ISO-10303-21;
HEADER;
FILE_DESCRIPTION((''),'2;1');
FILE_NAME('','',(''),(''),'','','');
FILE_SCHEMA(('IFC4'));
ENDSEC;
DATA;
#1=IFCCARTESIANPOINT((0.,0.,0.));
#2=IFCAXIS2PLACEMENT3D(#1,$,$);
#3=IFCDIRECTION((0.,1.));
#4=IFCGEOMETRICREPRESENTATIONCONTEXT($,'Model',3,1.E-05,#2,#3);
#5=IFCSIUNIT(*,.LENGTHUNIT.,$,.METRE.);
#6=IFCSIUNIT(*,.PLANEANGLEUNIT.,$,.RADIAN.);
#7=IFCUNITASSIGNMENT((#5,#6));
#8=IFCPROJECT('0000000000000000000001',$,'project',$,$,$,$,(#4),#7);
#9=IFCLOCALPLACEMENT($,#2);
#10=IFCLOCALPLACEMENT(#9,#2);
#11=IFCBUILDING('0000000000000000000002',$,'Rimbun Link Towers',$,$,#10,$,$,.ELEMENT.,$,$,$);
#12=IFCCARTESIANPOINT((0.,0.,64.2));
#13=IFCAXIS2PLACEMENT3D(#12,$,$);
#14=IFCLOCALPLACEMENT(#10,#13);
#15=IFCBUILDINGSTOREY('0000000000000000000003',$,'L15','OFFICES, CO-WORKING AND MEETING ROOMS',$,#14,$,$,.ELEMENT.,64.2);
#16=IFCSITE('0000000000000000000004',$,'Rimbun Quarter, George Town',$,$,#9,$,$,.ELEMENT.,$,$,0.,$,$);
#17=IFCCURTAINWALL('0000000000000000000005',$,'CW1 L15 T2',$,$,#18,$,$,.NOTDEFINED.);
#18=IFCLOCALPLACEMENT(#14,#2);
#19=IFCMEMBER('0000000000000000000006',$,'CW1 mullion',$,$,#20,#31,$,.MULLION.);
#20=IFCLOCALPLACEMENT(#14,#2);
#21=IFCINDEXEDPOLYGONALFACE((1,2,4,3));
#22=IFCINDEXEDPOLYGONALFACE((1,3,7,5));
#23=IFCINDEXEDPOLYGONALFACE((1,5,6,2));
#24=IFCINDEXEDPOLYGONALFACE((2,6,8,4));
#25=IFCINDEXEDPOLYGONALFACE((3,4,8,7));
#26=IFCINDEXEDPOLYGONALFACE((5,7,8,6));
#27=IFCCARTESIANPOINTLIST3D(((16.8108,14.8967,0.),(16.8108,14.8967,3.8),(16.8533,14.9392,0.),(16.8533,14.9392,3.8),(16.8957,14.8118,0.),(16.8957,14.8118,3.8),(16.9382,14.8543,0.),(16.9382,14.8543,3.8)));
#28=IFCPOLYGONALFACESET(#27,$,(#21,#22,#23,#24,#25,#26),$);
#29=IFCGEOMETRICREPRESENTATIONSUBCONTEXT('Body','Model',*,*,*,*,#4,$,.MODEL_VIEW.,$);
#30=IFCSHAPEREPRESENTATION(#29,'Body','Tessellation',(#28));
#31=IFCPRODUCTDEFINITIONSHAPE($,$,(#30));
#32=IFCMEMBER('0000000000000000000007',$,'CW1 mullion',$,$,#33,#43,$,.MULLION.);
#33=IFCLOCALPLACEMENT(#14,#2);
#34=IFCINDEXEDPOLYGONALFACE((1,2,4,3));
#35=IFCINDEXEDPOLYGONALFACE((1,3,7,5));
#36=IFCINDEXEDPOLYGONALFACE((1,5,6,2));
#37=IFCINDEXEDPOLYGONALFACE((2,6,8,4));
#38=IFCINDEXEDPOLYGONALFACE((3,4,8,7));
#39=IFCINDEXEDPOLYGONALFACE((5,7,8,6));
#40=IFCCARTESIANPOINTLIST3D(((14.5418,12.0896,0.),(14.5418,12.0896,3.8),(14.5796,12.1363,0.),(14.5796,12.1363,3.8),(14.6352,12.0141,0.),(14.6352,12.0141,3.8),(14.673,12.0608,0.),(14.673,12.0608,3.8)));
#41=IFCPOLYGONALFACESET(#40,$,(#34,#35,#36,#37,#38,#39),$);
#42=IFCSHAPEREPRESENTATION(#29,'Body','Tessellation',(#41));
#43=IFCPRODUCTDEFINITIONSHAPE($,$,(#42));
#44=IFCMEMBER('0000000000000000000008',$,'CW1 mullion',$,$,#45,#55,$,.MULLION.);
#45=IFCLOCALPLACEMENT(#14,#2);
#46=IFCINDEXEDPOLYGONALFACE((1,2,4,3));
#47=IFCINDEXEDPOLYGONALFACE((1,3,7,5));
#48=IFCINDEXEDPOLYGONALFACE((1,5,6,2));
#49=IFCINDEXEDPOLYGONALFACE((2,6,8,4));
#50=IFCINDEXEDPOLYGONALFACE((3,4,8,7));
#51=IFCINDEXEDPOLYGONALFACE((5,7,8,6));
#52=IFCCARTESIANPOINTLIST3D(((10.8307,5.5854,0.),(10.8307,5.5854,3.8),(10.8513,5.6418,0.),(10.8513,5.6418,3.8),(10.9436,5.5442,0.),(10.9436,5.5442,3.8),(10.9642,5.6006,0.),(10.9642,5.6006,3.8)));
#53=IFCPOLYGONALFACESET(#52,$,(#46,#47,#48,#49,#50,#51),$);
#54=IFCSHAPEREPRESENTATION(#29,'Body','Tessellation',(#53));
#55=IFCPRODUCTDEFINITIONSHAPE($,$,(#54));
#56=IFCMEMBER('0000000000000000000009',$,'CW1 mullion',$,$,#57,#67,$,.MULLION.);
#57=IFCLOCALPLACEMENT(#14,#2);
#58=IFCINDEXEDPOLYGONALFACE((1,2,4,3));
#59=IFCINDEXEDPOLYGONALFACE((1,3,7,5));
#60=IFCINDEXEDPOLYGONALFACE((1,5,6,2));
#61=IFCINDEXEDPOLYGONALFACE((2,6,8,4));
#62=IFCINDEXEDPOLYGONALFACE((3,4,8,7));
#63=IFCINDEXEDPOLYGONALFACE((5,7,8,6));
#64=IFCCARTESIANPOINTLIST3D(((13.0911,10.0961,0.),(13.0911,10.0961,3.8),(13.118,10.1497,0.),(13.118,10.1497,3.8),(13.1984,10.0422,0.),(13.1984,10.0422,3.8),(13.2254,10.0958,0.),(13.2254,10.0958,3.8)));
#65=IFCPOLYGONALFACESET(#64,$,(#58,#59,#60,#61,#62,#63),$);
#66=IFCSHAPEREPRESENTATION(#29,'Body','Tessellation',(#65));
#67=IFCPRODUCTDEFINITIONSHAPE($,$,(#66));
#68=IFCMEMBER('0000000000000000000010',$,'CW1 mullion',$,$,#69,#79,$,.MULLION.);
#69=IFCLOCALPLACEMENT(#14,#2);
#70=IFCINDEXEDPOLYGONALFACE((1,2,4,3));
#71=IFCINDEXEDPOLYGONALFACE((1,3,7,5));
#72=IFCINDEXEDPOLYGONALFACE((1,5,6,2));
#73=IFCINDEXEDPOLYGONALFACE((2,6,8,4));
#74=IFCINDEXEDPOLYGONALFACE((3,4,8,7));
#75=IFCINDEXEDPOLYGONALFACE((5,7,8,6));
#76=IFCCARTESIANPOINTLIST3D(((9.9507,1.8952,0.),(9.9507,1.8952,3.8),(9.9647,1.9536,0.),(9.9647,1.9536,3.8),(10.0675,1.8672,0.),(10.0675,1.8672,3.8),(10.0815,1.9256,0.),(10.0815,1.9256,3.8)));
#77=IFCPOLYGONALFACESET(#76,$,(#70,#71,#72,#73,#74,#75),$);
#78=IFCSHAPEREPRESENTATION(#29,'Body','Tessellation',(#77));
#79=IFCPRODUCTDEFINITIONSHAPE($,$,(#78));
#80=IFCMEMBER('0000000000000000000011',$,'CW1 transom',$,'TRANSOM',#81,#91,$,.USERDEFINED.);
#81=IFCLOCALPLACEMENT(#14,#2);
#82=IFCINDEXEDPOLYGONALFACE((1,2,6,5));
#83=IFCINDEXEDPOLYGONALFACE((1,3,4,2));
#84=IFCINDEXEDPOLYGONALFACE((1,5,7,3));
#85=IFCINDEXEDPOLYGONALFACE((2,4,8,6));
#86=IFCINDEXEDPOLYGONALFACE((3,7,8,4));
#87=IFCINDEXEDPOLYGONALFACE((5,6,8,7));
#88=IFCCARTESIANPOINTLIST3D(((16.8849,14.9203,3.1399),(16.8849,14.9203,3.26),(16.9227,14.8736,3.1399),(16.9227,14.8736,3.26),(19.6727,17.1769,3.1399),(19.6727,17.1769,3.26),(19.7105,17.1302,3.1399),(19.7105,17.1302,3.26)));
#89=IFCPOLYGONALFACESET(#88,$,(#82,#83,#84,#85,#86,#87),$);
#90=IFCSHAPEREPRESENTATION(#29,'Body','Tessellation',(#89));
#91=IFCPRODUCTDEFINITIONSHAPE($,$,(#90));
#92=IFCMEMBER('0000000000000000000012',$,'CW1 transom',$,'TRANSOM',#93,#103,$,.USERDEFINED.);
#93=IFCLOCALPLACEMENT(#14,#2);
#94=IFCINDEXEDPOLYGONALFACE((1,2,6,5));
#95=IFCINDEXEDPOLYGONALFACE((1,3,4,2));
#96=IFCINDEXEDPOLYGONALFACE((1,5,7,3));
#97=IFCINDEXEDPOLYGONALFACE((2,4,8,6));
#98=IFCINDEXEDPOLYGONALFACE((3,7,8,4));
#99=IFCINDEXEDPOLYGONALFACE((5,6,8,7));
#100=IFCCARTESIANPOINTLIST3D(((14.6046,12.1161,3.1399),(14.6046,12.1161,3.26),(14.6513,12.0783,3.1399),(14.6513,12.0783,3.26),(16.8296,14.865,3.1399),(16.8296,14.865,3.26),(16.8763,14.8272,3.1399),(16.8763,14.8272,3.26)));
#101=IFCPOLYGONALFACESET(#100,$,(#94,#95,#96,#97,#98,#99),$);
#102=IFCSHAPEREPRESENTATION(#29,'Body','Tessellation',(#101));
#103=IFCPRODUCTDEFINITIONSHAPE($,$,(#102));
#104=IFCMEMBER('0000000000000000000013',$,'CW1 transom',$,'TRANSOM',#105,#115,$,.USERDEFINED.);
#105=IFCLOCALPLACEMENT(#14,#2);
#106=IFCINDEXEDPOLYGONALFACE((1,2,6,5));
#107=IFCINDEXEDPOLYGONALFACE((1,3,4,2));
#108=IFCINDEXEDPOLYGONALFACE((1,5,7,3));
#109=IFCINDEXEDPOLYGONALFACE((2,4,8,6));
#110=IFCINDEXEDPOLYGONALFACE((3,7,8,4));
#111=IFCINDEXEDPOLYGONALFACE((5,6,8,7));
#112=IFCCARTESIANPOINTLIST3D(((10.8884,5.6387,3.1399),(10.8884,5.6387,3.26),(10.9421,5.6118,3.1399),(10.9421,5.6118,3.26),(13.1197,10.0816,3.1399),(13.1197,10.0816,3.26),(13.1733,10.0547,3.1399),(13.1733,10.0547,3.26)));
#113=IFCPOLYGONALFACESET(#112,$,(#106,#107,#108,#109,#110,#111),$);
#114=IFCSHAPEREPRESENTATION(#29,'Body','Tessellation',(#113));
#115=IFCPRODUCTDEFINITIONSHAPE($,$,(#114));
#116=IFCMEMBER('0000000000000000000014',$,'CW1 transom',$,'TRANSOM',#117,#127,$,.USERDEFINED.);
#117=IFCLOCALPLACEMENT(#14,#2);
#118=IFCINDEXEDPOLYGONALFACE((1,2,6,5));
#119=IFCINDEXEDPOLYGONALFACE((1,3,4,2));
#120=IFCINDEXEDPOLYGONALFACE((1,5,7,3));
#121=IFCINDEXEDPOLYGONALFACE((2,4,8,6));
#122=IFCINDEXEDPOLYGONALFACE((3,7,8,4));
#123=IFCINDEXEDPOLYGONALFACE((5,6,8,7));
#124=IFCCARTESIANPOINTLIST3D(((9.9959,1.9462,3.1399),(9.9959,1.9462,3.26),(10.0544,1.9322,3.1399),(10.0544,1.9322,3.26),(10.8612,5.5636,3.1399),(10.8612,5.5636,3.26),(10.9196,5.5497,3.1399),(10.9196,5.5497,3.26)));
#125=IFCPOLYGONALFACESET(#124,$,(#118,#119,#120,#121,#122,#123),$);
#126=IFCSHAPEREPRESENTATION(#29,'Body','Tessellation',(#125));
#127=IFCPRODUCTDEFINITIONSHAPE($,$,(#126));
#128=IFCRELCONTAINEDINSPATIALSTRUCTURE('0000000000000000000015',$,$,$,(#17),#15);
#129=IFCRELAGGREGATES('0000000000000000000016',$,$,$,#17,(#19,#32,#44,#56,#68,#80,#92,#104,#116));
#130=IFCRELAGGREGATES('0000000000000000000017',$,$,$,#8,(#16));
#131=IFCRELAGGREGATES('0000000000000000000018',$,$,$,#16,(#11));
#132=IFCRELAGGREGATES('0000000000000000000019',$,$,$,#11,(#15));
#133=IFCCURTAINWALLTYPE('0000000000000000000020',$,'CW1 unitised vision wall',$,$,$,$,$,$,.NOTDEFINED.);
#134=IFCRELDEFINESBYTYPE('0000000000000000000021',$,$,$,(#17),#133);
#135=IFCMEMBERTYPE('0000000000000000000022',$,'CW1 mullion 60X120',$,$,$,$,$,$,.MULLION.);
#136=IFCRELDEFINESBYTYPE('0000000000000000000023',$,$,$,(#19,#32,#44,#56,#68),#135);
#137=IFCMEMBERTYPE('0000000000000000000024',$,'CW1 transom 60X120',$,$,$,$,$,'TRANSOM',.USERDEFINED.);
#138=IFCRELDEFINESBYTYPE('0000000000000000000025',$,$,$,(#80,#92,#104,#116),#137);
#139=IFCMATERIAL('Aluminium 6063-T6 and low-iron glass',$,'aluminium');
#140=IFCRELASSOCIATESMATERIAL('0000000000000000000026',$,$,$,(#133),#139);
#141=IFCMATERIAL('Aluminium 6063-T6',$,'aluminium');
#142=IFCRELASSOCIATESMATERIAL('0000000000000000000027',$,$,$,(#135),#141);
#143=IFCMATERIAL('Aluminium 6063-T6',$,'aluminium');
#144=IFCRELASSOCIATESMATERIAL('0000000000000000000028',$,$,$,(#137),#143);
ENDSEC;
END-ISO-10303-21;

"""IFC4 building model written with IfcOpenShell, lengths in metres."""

from ifc_helpers import new_model, si_unit, direction, frame, origin, origin_2d, place, context, subcontext, project, spatial, rectangle, extrude, material, material_profile, profile_set, type_object, element, aggregate, save


model = new_model("IFC4")

# Units and contexts
model_context = context("Model", 3, precision=1e-05, world=origin(), true_north=direction((0.0, 1.0)))
body_context = subcontext(model_context, "Body", "Model", "MODEL_VIEW")
ifc_project = project(units=[si_unit("LENGTHUNIT", "METRE"), si_unit("PLANEANGLEUNIT", "RADIAN")], contexts=[model_context])

# Site, building, storey
site_placement = place(None, origin())
site = spatial("IfcSite", under=ifc_project, at=site_placement, Name="Rimbun Quarter, George Town", CompositionType="ELEMENT", RefElevation=0.0)
building_placement = place(site_placement, origin())
building = spatial("IfcBuilding", under=site, at=building_placement, Name="Rimbun Link Towers", CompositionType="ELEMENT")
storey_placement = place(building_placement, frame((0.0, 0.0, 64.2)))
storey = spatial("IfcBuildingStorey", under=building, at=storey_placement, Name="L15", Description="OFFICES, CO-WORKING AND MEETING ROOMS", CompositionType="ELEMENT", Elevation=64.2)

# Curtain wall, members
ifc_material_1 = material(Name="Aluminium 6063-T6 and low-iron glass", Category="aluminium")
curtain_wall_type = type_object("IfcCurtainWallType", Name="CW1 unitised vision wall", PredefinedType="NOTDEFINED", material=ifc_material_1)
curtain_wall_placement = place(storey_placement, origin())
curtain_wall = element("IfcCurtainWall", 1, at=curtain_wall_placement, inside=storey, type_object=curtain_wall_type, Name="CW1 L15 T2", PredefinedType="NOTDEFINED")
ifc_material_2 = material(Name="Aluminium 6063-T6", Category="aluminium")
ifc_material_profile_1 = material_profile(ifc_material_2, rectangle(XDim=0.1201, YDim=0.0601, at=origin_2d()), Name="MULLION 60X120")
ifc_profile_set_1 = profile_set([ifc_material_profile_1], Name="Aluminium 6063-T6")
member_type_1 = type_object("IfcMemberType", Name="CW1 mullion 60X120", PredefinedType="MULLION", material=ifc_profile_set_1)
member_1_placement = place(storey_placement, frame((16.8745, 14.8755, 0.0), z_axis=(0.0, 0.0, 1.0), x_axis=(-0.707107, 0.707107, 0.0)))
member_1 = element("IfcMember", 2, at=member_1_placement, type_object=member_type_1, Name="CW1 mullion", PredefinedType="MULLION", context=body_context, shape_type="SweptSolid", body=[
    extrude(rectangle(XDim=0.1201, YDim=0.0601, at=origin_2d()), origin(), (0.0, 0.0, 1.0), 3.8),
])
member_2_placement = place(storey_placement, frame((14.6074, 12.0752, 0.0), z_axis=(0.0, 0.0, 1.0), x_axis=(-0.77728, 0.629155, 0.0)))
member_2 = element("IfcMember", 3, at=member_2_placement, type_object=member_type_1, Name="CW1 mullion", PredefinedType="MULLION", context=body_context, shape_type="SweptSolid", body=[
    extrude(rectangle(XDim=0.1201, YDim=0.0601, at=origin_2d()), origin(), (0.0, 0.0, 1.0), 3.8),
])
member_3_placement = place(storey_placement, frame((10.8975, 5.593, 0.0), z_axis=(0.0, 0.0, 1.0), x_axis=(-0.939346, 0.34297, 0.0)))
member_3 = element("IfcMember", 4, at=member_3_placement, type_object=member_type_1, Name="CW1 mullion", PredefinedType="MULLION", context=body_context, shape_type="SweptSolid", body=[
    extrude(rectangle(XDim=0.1201, YDim=0.0601, at=origin_2d()), origin(), (0.0, 0.0, 1.0), 3.8),
])
member_4_placement = place(storey_placement, frame((13.1582, 10.0959, 0.0), z_axis=(0.0, 0.0, 1.0), x_axis=(-0.893641, 0.448782, 0.0)))
member_4 = element("IfcMember", 5, at=member_4_placement, type_object=member_type_1, Name="CW1 mullion", PredefinedType="MULLION", context=body_context, shape_type="SweptSolid", body=[
    extrude(rectangle(XDim=0.1201, YDim=0.0601, at=origin_2d()), origin(), (0.0, 0.0, 1.0), 3.8),
])
member_5_placement = place(storey_placement, frame((10.0161, 1.9104, 0.0), z_axis=(0.0, 0.0, 1.0), x_axis=(-0.972572, 0.232601, 0.0)))
member_5 = element("IfcMember", 6, at=member_5_placement, type_object=member_type_1, Name="CW1 mullion", PredefinedType="MULLION", context=body_context, shape_type="SweptSolid", body=[
    extrude(rectangle(XDim=0.1201, YDim=0.0601, at=origin_2d()), origin(), (0.0, 0.0, 1.0), 3.8),
])
ifc_material_3 = material(Name="Aluminium 6063-T6", Category="aluminium")
ifc_material_profile_2 = material_profile(ifc_material_3, rectangle(XDim=0.0601, YDim=0.1201, at=origin_2d()), Name="TRANSOM 60X120")
ifc_profile_set_2 = profile_set([ifc_material_profile_2], Name="Aluminium 6063-T6")
member_type_2 = type_object("IfcMemberType", Name="CW1 transom 60X120", ElementType="TRANSOM", PredefinedType="USERDEFINED", material=ifc_profile_set_2)
member_6_placement = place(storey_placement, frame((16.9038, 14.897, 3.2), z_axis=(0.777277, 0.629159, 0.0), x_axis=(-0.629159, 0.777277, 0.0)))
member_6 = element("IfcMember", 7, at=member_6_placement, type_object=member_type_2, Name="CW1 transom", ObjectType="TRANSOM", PredefinedType="USERDEFINED", context=body_context, shape_type="SweptSolid", body=[
    extrude(rectangle(XDim=0.0601, YDim=0.1201, at=origin_2d()), origin(), (0.0, 0.0, 1.0), 3.5867),
])
member_7_placement = place(storey_placement, frame((14.6279, 12.0972, 3.2), z_axis=(0.629147, 0.777287, 0.0), x_axis=(-0.777287, 0.629147, 0.0)))
member_7 = element("IfcMember", 8, at=member_7_placement, type_object=member_type_2, Name="CW1 transom", ObjectType="TRANSOM", PredefinedType="USERDEFINED", context=body_context, shape_type="SweptSolid", body=[
    extrude(rectangle(XDim=0.0601, YDim=0.1201, at=origin_2d()), origin(), (0.0, 0.0, 1.0), 3.5366),
])
member_8_placement = place(storey_placement, frame((10.9153, 5.6252, 3.2), z_axis=(0.448784, 0.89364, 0.0), x_axis=(-0.89364, 0.448784, 0.0)))
member_8 = element("IfcMember", 9, at=member_8_placement, type_object=member_type_2, Name="CW1 transom", ObjectType="TRANSOM", PredefinedType="USERDEFINED", context=body_context, shape_type="SweptSolid", body=[
    extrude(rectangle(XDim=0.0601, YDim=0.1201, at=origin_2d()), origin(), (0.0, 0.0, 1.0), 4.9717),
])
member_9_placement = place(storey_placement, frame((10.0251, 1.9392, 3.2), z_axis=(0.232623, 0.972567, 0.0), x_axis=(-0.972567, 0.232623, 0.0)))
member_9 = element("IfcMember", 10, at=member_9_placement, type_object=member_type_2, Name="CW1 transom", ObjectType="TRANSOM", PredefinedType="USERDEFINED", context=body_context, shape_type="SweptSolid", body=[
    extrude(rectangle(XDim=0.0601, YDim=0.1201, at=origin_2d()), origin(), (0.0, 0.0, 1.0), 3.7195),
])

aggregate(curtain_wall, [member_1, member_2, member_3, member_4, member_5, member_6, member_7, member_8, member_9])

save(model, "model.ifc")
